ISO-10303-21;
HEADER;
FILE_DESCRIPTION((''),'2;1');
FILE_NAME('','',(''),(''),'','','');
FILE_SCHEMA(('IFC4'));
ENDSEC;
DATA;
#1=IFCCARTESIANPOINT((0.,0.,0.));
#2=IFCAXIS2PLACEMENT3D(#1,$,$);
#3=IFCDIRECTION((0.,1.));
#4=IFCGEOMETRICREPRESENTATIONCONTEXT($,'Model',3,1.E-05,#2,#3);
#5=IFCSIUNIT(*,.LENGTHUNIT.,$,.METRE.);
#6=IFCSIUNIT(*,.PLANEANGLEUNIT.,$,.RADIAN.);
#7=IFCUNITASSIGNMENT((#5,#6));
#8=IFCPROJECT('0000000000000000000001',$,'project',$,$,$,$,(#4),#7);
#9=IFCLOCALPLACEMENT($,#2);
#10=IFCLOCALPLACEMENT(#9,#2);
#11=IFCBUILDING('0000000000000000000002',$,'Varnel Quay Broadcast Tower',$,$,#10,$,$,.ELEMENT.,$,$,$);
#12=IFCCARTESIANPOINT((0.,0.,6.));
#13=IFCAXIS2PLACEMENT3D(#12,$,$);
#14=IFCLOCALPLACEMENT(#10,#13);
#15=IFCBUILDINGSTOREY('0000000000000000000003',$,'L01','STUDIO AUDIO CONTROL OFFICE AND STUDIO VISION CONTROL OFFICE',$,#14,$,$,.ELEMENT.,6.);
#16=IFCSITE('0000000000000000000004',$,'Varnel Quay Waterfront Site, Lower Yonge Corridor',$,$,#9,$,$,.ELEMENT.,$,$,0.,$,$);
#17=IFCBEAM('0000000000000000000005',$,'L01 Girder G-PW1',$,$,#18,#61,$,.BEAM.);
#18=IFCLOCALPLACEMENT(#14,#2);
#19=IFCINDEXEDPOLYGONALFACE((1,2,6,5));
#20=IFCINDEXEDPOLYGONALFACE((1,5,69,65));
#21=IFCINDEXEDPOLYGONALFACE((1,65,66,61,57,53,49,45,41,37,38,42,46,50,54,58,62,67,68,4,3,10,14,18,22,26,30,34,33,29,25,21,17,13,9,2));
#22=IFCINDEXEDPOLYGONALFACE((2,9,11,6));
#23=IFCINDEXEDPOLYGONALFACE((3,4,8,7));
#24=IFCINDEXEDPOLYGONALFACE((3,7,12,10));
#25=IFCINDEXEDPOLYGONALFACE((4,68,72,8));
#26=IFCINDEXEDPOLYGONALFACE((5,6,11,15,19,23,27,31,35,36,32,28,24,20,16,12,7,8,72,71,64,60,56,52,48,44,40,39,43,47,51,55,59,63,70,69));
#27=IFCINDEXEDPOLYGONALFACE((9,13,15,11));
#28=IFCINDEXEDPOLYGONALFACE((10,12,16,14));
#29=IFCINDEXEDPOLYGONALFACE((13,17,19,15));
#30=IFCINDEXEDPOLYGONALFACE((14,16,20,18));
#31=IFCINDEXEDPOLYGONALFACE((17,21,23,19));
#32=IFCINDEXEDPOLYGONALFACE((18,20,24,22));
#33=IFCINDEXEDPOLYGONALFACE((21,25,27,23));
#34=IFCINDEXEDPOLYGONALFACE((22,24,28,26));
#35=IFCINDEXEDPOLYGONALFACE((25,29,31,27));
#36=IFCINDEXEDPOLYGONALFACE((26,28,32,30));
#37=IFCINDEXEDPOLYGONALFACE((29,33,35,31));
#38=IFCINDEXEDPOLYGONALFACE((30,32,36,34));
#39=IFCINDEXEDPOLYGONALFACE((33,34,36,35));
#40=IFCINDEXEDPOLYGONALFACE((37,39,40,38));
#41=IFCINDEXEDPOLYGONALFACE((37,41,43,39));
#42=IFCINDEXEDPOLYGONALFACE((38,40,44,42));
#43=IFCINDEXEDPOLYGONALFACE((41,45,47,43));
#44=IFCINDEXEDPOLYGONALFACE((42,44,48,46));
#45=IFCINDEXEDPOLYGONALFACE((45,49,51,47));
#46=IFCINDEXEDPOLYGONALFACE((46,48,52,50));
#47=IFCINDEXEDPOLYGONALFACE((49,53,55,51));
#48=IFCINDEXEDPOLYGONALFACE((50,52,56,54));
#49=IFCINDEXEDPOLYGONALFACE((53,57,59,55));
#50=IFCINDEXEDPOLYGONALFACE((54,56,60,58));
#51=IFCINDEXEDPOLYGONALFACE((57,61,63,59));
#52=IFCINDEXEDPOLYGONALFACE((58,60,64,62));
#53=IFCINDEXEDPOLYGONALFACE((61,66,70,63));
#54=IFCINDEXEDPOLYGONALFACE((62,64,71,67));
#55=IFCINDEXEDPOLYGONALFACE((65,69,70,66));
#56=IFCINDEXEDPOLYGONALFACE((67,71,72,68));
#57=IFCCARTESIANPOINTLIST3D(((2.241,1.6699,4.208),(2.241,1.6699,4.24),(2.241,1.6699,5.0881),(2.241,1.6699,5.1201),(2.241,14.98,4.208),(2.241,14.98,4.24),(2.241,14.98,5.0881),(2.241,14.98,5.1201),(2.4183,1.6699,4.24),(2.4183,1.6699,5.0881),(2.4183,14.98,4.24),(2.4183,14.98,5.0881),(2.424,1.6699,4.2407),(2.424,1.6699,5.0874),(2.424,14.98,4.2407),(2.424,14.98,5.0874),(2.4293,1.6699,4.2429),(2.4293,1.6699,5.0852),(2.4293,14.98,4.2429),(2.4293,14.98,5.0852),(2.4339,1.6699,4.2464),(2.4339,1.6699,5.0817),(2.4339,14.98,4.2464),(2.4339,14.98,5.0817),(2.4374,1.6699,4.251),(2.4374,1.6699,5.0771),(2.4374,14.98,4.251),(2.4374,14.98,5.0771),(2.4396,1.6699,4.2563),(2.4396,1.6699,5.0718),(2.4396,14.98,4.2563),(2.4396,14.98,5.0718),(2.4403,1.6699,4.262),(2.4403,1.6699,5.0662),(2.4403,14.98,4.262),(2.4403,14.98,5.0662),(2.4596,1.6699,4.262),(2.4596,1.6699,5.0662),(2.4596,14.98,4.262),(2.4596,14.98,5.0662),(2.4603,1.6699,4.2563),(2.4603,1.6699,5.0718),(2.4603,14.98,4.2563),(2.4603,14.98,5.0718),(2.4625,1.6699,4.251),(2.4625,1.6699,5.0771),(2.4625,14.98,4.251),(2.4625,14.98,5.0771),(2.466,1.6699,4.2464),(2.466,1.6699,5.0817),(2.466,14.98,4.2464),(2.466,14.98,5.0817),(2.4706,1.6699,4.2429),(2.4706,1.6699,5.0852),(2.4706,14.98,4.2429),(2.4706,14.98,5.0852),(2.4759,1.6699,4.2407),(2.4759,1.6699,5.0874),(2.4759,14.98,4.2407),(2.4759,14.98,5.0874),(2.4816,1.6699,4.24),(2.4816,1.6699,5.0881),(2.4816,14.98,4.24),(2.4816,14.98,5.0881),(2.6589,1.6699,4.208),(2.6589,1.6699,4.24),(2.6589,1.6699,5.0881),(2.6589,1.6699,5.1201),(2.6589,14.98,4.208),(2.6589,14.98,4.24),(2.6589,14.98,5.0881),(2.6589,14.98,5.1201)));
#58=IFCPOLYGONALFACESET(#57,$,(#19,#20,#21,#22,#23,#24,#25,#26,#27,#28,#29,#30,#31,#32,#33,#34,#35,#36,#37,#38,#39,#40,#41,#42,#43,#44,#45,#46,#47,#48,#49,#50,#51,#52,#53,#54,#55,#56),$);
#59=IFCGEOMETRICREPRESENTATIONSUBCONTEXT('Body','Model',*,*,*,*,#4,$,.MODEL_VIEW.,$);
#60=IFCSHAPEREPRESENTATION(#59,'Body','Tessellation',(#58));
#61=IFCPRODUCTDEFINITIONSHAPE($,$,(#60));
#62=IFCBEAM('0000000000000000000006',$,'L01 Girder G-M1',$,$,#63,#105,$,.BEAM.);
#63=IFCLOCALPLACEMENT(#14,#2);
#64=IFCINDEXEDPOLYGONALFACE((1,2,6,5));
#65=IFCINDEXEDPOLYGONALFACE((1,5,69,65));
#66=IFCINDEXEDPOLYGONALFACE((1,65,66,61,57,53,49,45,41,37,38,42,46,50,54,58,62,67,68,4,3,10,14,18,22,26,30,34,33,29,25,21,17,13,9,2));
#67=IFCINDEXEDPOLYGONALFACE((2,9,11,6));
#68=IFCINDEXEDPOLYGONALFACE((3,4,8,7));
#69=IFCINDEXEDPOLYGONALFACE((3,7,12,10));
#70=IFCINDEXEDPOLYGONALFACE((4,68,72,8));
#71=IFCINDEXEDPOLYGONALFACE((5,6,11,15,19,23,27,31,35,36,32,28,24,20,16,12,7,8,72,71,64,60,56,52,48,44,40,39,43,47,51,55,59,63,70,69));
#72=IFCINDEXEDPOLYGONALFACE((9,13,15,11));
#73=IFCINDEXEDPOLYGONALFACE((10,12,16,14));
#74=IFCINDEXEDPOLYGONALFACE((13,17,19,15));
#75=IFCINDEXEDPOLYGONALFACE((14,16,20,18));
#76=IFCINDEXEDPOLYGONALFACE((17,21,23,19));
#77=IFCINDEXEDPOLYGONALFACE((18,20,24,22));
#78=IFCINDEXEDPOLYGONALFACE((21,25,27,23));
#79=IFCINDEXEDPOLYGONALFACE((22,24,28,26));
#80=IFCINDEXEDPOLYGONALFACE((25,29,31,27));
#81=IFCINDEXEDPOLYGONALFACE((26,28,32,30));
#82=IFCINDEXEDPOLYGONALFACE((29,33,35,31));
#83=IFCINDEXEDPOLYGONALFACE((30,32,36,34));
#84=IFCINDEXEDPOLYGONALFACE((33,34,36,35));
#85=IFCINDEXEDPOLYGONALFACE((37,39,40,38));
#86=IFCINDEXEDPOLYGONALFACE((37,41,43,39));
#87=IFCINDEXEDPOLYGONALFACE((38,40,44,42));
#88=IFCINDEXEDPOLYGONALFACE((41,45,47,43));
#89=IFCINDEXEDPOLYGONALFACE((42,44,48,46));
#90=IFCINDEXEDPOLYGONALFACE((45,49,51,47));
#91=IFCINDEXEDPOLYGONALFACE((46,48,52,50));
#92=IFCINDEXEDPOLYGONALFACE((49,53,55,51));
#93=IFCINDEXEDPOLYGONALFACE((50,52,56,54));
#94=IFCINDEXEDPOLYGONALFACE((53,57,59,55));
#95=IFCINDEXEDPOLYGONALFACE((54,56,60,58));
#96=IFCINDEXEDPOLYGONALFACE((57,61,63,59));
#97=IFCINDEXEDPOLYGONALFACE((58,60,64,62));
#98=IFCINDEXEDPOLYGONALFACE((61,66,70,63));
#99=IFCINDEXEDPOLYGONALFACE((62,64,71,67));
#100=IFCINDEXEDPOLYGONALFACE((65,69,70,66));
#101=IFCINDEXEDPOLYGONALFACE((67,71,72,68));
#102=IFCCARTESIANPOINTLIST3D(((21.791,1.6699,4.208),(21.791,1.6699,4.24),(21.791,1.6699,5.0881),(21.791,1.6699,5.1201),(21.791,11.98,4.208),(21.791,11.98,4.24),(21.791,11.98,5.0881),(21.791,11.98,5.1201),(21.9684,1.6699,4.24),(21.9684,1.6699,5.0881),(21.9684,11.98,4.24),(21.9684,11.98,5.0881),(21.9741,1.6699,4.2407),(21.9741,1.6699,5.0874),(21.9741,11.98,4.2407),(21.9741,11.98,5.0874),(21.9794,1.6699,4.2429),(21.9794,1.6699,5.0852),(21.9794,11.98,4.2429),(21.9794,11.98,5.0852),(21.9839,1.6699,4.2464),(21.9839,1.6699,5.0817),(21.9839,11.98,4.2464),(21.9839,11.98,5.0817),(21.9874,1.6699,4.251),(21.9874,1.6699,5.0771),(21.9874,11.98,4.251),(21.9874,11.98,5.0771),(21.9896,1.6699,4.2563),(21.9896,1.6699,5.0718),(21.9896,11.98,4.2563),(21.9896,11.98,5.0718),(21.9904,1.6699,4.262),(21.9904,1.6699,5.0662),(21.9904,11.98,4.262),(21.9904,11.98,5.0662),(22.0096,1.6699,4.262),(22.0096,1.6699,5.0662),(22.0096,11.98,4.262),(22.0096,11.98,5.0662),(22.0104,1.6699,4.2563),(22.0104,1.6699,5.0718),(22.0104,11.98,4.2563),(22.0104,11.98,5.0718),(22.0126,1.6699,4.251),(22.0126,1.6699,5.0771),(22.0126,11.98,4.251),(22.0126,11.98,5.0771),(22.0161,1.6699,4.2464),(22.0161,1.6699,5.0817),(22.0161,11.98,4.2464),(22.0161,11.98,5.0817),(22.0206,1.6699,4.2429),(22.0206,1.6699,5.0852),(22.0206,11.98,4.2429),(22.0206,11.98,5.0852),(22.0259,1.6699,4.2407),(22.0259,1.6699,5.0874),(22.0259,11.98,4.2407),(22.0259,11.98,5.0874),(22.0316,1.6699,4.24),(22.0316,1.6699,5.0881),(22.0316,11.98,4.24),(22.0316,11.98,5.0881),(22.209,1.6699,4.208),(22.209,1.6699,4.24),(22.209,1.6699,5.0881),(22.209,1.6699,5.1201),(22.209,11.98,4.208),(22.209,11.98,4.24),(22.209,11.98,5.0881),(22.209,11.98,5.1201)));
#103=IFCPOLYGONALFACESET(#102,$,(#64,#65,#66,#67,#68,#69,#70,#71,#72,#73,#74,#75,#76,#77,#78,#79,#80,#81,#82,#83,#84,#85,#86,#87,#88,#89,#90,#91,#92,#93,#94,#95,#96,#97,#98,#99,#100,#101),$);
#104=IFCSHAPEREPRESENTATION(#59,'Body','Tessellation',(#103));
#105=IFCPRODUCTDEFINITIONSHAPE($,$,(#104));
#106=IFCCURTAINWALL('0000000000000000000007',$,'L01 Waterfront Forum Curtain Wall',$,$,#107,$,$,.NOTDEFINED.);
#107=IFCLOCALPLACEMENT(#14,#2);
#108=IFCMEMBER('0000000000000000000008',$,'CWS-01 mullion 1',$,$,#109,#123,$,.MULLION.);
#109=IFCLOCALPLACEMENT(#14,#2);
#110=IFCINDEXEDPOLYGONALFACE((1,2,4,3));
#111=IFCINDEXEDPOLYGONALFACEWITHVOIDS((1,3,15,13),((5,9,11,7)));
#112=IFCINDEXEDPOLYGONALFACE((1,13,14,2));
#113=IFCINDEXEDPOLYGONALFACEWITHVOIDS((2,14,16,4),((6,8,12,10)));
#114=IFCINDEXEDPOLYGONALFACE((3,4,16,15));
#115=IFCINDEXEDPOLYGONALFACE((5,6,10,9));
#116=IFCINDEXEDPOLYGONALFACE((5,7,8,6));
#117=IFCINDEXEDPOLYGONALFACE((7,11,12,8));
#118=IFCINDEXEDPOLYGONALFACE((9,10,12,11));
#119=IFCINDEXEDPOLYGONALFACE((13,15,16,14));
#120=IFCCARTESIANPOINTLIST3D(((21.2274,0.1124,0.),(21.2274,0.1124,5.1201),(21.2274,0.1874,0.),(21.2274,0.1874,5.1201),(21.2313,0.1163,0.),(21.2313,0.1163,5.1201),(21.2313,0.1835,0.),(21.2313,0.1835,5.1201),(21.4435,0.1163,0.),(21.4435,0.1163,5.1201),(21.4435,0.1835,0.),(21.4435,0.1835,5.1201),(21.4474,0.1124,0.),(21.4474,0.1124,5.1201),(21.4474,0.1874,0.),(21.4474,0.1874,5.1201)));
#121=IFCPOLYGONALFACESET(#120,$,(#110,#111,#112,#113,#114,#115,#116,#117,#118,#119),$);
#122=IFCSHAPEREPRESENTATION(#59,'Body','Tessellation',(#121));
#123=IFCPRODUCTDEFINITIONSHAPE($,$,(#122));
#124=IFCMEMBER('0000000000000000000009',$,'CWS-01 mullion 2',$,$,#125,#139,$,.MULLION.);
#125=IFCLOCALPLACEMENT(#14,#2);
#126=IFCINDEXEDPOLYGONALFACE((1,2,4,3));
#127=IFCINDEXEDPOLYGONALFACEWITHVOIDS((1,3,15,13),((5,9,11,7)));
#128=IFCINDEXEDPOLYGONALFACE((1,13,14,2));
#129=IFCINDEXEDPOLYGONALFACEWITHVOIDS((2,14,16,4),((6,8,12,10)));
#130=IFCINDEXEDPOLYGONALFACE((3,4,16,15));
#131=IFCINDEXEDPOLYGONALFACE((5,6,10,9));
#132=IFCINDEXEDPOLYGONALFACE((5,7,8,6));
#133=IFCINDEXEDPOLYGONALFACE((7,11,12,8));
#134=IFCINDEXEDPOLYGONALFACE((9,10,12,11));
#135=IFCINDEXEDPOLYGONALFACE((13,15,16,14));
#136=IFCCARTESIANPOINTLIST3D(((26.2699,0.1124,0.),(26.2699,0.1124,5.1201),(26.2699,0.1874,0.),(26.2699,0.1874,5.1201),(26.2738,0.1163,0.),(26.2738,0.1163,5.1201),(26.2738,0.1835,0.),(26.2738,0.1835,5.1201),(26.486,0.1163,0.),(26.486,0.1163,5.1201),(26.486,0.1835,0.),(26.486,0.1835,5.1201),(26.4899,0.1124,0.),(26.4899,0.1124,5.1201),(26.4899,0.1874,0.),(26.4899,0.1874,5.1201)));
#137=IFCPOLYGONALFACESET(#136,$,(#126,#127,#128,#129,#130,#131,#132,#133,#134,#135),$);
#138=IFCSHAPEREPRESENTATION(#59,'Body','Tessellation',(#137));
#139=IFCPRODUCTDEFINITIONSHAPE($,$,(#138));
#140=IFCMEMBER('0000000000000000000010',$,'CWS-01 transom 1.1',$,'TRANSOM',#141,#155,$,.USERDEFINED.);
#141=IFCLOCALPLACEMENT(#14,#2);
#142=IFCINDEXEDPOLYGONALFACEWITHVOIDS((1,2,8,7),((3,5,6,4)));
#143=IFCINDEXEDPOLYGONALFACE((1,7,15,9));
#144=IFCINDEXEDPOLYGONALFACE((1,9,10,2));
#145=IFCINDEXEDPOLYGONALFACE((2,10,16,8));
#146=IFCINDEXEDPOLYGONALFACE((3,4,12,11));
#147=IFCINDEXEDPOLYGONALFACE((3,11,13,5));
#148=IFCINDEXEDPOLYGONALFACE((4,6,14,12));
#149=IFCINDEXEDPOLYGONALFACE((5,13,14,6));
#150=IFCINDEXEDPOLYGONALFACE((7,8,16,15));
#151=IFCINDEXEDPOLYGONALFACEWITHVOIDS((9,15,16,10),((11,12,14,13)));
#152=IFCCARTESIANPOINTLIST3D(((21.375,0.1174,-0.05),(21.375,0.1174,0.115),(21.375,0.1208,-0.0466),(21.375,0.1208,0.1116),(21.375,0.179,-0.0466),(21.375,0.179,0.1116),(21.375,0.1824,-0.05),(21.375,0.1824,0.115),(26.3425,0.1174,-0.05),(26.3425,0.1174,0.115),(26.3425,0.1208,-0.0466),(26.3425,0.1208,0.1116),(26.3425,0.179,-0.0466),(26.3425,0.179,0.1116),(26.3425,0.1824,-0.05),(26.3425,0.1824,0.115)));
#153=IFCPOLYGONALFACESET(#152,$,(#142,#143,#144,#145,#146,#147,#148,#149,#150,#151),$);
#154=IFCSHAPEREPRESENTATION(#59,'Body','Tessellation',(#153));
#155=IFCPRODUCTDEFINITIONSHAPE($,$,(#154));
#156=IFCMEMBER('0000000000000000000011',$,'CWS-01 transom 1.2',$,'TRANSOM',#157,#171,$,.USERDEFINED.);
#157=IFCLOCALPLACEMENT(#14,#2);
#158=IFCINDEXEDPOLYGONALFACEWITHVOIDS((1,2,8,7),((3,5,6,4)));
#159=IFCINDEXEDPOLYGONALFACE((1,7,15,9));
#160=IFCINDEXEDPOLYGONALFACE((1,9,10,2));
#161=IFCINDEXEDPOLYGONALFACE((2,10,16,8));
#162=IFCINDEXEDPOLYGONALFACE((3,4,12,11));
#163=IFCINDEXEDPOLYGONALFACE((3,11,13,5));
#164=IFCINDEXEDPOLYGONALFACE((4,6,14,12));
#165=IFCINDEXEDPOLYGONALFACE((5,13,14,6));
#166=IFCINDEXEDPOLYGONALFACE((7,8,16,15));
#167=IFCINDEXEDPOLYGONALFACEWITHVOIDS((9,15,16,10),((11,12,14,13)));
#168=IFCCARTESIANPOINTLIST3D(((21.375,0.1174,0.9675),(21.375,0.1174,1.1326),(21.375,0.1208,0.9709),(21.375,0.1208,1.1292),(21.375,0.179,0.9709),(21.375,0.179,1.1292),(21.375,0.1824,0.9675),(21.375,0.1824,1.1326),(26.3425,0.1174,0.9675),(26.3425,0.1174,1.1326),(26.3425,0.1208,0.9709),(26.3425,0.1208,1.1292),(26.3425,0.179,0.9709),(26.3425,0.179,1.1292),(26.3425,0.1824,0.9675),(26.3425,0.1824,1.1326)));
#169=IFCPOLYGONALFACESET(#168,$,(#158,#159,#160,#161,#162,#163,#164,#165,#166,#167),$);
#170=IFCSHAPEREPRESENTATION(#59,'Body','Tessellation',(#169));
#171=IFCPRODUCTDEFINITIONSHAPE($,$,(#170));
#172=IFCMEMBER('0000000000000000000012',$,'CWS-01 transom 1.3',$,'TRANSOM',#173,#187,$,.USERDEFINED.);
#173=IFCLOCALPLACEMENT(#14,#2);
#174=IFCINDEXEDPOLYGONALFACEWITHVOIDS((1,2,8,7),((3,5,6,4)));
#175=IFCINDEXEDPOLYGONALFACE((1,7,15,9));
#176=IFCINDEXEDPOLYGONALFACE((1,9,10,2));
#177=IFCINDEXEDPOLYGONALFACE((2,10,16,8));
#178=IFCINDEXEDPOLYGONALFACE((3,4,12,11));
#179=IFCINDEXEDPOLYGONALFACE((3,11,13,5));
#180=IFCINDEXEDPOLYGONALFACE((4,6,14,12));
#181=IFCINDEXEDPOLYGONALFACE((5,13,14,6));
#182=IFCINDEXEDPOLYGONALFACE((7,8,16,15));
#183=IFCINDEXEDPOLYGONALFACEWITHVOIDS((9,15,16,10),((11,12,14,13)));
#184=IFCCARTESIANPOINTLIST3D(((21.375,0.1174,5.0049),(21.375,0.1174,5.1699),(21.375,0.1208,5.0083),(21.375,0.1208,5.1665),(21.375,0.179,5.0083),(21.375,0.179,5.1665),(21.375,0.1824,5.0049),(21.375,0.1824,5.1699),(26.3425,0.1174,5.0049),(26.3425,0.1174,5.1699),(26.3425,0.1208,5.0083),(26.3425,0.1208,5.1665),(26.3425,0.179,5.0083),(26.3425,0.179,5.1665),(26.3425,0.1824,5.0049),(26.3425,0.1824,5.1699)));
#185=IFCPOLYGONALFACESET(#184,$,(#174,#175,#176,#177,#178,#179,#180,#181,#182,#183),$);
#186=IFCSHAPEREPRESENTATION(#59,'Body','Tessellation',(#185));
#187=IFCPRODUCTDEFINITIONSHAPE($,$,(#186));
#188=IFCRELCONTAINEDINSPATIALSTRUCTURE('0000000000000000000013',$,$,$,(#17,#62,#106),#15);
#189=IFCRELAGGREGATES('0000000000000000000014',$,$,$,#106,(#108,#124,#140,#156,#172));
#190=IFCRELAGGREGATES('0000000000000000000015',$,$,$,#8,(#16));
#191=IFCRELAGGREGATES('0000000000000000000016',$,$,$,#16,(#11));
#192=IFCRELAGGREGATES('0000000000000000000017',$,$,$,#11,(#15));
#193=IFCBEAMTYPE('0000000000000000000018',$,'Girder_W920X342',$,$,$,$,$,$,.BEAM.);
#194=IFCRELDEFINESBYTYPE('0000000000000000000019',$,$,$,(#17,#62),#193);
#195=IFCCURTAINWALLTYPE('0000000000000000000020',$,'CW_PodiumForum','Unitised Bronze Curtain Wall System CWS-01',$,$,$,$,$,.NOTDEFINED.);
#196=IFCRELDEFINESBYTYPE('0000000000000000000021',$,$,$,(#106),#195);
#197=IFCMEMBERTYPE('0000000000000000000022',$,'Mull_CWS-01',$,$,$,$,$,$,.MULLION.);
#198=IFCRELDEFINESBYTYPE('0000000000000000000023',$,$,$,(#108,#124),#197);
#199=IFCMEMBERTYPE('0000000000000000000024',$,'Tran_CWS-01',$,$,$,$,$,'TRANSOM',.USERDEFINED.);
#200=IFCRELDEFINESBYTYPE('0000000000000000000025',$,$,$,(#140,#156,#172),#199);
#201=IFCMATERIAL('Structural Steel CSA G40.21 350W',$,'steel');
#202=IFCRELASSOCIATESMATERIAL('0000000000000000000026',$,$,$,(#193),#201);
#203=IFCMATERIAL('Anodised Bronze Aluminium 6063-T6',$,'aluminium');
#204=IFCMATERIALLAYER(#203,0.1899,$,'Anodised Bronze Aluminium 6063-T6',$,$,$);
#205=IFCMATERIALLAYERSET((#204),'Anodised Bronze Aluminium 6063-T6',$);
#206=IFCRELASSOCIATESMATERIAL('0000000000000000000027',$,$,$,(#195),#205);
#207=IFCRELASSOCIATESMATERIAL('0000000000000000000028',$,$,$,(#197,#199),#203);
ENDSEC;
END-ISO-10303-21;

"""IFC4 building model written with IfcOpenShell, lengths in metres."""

from ifc_helpers import new_model, si_unit, direction, frame, origin, origin_2d, place, context, subcontext, project, spatial, hollow_rectangle, i_section, extrude, source, transform, mapped, material, layer, layer_set, material_profile, profile_set, type_object, type_shapes, element, aggregate, save


model = new_model("IFC4")

# Units and contexts
model_context = context("Model", 3, precision=1e-05, world=origin(), true_north=direction((0.0, 1.0)))
body_context = subcontext(model_context, "Body", "Model", "MODEL_VIEW")
ifc_project = project(units=[si_unit("LENGTHUNIT", "METRE"), si_unit("PLANEANGLEUNIT", "RADIAN")], contexts=[model_context])

# Site, building, storey
site_placement = place(None, origin())
site = spatial("IfcSite", under=ifc_project, at=site_placement, Name="Varnel Quay Waterfront Site, Lower Yonge Corridor", CompositionType="ELEMENT", RefElevation=0.0)
building_placement = place(site_placement, origin())
building = spatial("IfcBuilding", under=site, at=building_placement, Name="Varnel Quay Broadcast Tower", CompositionType="ELEMENT")
storey_placement = place(building_placement, frame((0.0, 0.0, 6.0)))
storey = spatial("IfcBuildingStorey", under=building, at=storey_placement, Name="L01", Description="STUDIO AUDIO CONTROL OFFICE AND STUDIO VISION CONTROL OFFICE", CompositionType="ELEMENT", Elevation=6.0)

# Shared definitions
ifc_material_1 = material(Name="Structural Steel CSA G40.21 350W", Category="steel")

# Beams
ifc_material_profile_1 = material_profile(ifc_material_1, i_section(OverallWidth=0.418, OverallDepth=0.9121, WebThickness=0.0193, FlangeThickness=0.032, FilletRadius=0.022, at=origin_2d()), Name="W920X342")
ifc_profile_set_1 = profile_set([ifc_material_profile_1], Name="Structural Steel CSA G40.21 350W")
beam_type = type_object("IfcBeamType", Name="Girder_W920X342", PredefinedType="BEAM", material=ifc_profile_set_1)
shared_shape_1 = source(origin(), body_context, "Body", "SweptSolid", [
    extrude(i_section(OverallWidth=0.418, OverallDepth=0.9121, WebThickness=0.0193, FlangeThickness=0.032, FilletRadius=0.022, at=origin_2d()), origin(), (0.0, 0.0, 1.0), 13.3101),
])
beam_1_placement = place(storey_placement, frame((2.45, 1.6699, 4.6641), z_axis=(0.0, 1.0, 0.0), x_axis=(-1.0, 0.0, 0.0)))
element("IfcBeam", 1, at=beam_1_placement, inside=storey, type_object=beam_type, Name="L01 Girder G-PW1", PredefinedType="BEAM", context=body_context, shape_type="MappedRepresentation", body=[
    mapped(shared_shape_1, transform((0.0, 0.0, 0.0), x_axis=(1.0, 0.0, 0.0), y_axis=(0.0, 1.0, 0.0), z_axis=(0.0, 0.0, 1.0), scale=1.0)),
])
shared_shape_2 = source(origin(), body_context, "Body", "SweptSolid", [
    extrude(i_section(OverallWidth=0.418, OverallDepth=0.9121, WebThickness=0.0193, FlangeThickness=0.032, FilletRadius=0.022, at=origin_2d()), origin(), (0.0, 0.0, 1.0), 10.3101),
])
beam_2_placement = place(storey_placement, frame((22.0, 1.6699, 4.6641), z_axis=(0.0, 1.0, 0.0), x_axis=(-1.0, 0.0, 0.0)))
element("IfcBeam", 2, at=beam_2_placement, inside=storey, type_object=beam_type, Name="L01 Girder G-M1", PredefinedType="BEAM", context=body_context, shape_type="MappedRepresentation", body=[
    mapped(shared_shape_2, transform((0.0, 0.0, 0.0), x_axis=(1.0, 0.0, 0.0), y_axis=(0.0, 1.0, 0.0), z_axis=(0.0, 0.0, 1.0), scale=1.0)),
])

# Curtain wall, members
ifc_material_2 = material(Name="Anodised Bronze Aluminium 6063-T6", Category="aluminium")
ifc_layer_1 = layer(ifc_material_2, 0.1899, Name="Anodised Bronze Aluminium 6063-T6")
ifc_layer_set_1 = layer_set([ifc_layer_1], Name="Anodised Bronze Aluminium 6063-T6")
curtain_wall_type = type_object("IfcCurtainWallType", Name="CW_PodiumForum", Description="Unitised Bronze Curtain Wall System CWS-01", PredefinedType="NOTDEFINED", material=ifc_layer_set_1)
curtain_wall_placement = place(storey_placement, origin())
curtain_wall = element("IfcCurtainWall", 3, at=curtain_wall_placement, inside=storey, type_object=curtain_wall_type, Name="L01 Waterfront Forum Curtain Wall", PredefinedType="NOTDEFINED")
ifc_material_profile_2 = material_profile(ifc_material_2, hollow_rectangle(XDim=0.075, YDim=0.22, WallThickness=0.0039, at=origin_2d()), Name="ALU75X220X4")
ifc_profile_set_2 = profile_set([ifc_material_profile_2], Name="Anodised Bronze Aluminium 6063-T6")
member_type_1 = type_object("IfcMemberType", Name="Mull_CWS-01", PredefinedType="MULLION", material=ifc_profile_set_2)
shared_shape_3 = source(origin(), body_context, "Body", "SweptSolid", [
    extrude(hollow_rectangle(XDim=0.075, YDim=0.22, WallThickness=0.0039, at=origin_2d()), origin(), (0.0, 0.0, 1.0), 5.1201),
])
type_shapes(member_type_1, [shared_shape_3])
member_1_placement = place(storey_placement, frame((21.3374, 0.1499, 0.0), z_axis=(0.0, 0.0, 1.0), x_axis=(0.0, 1.0, 0.0)))
member_1 = element("IfcMember", 4, at=member_1_placement, type_object=member_type_1, Name="CWS-01 mullion 1", PredefinedType="MULLION", context=body_context, shape_type="MappedRepresentation", body=[
    mapped(shared_shape_3, transform((0.0, 0.0, 0.0), x_axis=(1.0, 0.0, 0.0), y_axis=(0.0, 1.0, 0.0), z_axis=(0.0, 0.0, 1.0), scale=1.0)),
])
member_2_placement = place(storey_placement, frame((26.3799, 0.1499, 0.0), z_axis=(0.0, 0.0, 1.0), x_axis=(0.0, 1.0, 0.0)))
member_2 = element("IfcMember", 5, at=member_2_placement, type_object=member_type_1, Name="CWS-01 mullion 2", PredefinedType="MULLION", context=body_context, shape_type="MappedRepresentation", body=[
    mapped(shared_shape_3, transform((0.0, 0.0, 0.0), x_axis=(1.0, 0.0, 0.0), y_axis=(0.0, 1.0, 0.0), z_axis=(0.0, 0.0, 1.0), scale=1.0)),
])
ifc_material_profile_3 = material_profile(ifc_material_2, hollow_rectangle(XDim=0.0649, YDim=0.165, WallThickness=0.0034, at=origin_2d()), Name="ALU65X165X3.5")
ifc_profile_set_3 = profile_set([ifc_material_profile_3], Name="Anodised Bronze Aluminium 6063-T6")
member_type_2 = type_object("IfcMemberType", Name="Tran_CWS-01", ElementType="TRANSOM", PredefinedType="USERDEFINED", material=ifc_profile_set_3)
shared_shape_4 = source(origin(), body_context, "Body", "SweptSolid", [
    extrude(hollow_rectangle(XDim=0.0649, YDim=0.165, WallThickness=0.0034, at=origin_2d()), origin(), (0.0, 0.0, 1.0), 4.9675),
])
member_3_placement = place(storey_placement, frame((21.375, 0.1499, 0.0325), z_axis=(1.0, 0.0, 0.0), x_axis=(0.0, 1.0, 0.0)))
member_3 = element("IfcMember", 6, at=member_3_placement, type_object=member_type_2, Name="CWS-01 transom 1.1", ObjectType="TRANSOM", PredefinedType="USERDEFINED", context=body_context, shape_type="MappedRepresentation", body=[
    mapped(shared_shape_4, transform((0.0, 0.0, 0.0), x_axis=(1.0, 0.0, 0.0), y_axis=(0.0, 1.0, 0.0), z_axis=(0.0, 0.0, 1.0), scale=1.0)),
])
member_4_placement = place(storey_placement, frame((21.375, 0.1499, 1.05), z_axis=(1.0, 0.0, 0.0), x_axis=(0.0, 1.0, 0.0)))
member_4 = element("IfcMember", 7, at=member_4_placement, type_object=member_type_2, Name="CWS-01 transom 1.2", ObjectType="TRANSOM", PredefinedType="USERDEFINED", context=body_context, shape_type="MappedRepresentation", body=[
    mapped(shared_shape_4, transform((0.0, 0.0, 0.0), x_axis=(1.0, 0.0, 0.0), y_axis=(0.0, 1.0, 0.0), z_axis=(0.0, 0.0, 1.0), scale=1.0)),
])
member_5_placement = place(storey_placement, frame((21.375, 0.1499, 5.0874), z_axis=(1.0, 0.0, 0.0), x_axis=(0.0, 1.0, 0.0)))
member_5 = element("IfcMember", 8, at=member_5_placement, type_object=member_type_2, Name="CWS-01 transom 1.3", ObjectType="TRANSOM", PredefinedType="USERDEFINED", context=body_context, shape_type="MappedRepresentation", body=[
    mapped(shared_shape_4, transform((0.0, 0.0, 0.0), x_axis=(1.0, 0.0, 0.0), y_axis=(0.0, 1.0, 0.0), z_axis=(0.0, 0.0, 1.0), scale=1.0)),
])

aggregate(curtain_wall, [member_1, member_2, member_3, member_4, member_5])

save(model, "model.ifc")
